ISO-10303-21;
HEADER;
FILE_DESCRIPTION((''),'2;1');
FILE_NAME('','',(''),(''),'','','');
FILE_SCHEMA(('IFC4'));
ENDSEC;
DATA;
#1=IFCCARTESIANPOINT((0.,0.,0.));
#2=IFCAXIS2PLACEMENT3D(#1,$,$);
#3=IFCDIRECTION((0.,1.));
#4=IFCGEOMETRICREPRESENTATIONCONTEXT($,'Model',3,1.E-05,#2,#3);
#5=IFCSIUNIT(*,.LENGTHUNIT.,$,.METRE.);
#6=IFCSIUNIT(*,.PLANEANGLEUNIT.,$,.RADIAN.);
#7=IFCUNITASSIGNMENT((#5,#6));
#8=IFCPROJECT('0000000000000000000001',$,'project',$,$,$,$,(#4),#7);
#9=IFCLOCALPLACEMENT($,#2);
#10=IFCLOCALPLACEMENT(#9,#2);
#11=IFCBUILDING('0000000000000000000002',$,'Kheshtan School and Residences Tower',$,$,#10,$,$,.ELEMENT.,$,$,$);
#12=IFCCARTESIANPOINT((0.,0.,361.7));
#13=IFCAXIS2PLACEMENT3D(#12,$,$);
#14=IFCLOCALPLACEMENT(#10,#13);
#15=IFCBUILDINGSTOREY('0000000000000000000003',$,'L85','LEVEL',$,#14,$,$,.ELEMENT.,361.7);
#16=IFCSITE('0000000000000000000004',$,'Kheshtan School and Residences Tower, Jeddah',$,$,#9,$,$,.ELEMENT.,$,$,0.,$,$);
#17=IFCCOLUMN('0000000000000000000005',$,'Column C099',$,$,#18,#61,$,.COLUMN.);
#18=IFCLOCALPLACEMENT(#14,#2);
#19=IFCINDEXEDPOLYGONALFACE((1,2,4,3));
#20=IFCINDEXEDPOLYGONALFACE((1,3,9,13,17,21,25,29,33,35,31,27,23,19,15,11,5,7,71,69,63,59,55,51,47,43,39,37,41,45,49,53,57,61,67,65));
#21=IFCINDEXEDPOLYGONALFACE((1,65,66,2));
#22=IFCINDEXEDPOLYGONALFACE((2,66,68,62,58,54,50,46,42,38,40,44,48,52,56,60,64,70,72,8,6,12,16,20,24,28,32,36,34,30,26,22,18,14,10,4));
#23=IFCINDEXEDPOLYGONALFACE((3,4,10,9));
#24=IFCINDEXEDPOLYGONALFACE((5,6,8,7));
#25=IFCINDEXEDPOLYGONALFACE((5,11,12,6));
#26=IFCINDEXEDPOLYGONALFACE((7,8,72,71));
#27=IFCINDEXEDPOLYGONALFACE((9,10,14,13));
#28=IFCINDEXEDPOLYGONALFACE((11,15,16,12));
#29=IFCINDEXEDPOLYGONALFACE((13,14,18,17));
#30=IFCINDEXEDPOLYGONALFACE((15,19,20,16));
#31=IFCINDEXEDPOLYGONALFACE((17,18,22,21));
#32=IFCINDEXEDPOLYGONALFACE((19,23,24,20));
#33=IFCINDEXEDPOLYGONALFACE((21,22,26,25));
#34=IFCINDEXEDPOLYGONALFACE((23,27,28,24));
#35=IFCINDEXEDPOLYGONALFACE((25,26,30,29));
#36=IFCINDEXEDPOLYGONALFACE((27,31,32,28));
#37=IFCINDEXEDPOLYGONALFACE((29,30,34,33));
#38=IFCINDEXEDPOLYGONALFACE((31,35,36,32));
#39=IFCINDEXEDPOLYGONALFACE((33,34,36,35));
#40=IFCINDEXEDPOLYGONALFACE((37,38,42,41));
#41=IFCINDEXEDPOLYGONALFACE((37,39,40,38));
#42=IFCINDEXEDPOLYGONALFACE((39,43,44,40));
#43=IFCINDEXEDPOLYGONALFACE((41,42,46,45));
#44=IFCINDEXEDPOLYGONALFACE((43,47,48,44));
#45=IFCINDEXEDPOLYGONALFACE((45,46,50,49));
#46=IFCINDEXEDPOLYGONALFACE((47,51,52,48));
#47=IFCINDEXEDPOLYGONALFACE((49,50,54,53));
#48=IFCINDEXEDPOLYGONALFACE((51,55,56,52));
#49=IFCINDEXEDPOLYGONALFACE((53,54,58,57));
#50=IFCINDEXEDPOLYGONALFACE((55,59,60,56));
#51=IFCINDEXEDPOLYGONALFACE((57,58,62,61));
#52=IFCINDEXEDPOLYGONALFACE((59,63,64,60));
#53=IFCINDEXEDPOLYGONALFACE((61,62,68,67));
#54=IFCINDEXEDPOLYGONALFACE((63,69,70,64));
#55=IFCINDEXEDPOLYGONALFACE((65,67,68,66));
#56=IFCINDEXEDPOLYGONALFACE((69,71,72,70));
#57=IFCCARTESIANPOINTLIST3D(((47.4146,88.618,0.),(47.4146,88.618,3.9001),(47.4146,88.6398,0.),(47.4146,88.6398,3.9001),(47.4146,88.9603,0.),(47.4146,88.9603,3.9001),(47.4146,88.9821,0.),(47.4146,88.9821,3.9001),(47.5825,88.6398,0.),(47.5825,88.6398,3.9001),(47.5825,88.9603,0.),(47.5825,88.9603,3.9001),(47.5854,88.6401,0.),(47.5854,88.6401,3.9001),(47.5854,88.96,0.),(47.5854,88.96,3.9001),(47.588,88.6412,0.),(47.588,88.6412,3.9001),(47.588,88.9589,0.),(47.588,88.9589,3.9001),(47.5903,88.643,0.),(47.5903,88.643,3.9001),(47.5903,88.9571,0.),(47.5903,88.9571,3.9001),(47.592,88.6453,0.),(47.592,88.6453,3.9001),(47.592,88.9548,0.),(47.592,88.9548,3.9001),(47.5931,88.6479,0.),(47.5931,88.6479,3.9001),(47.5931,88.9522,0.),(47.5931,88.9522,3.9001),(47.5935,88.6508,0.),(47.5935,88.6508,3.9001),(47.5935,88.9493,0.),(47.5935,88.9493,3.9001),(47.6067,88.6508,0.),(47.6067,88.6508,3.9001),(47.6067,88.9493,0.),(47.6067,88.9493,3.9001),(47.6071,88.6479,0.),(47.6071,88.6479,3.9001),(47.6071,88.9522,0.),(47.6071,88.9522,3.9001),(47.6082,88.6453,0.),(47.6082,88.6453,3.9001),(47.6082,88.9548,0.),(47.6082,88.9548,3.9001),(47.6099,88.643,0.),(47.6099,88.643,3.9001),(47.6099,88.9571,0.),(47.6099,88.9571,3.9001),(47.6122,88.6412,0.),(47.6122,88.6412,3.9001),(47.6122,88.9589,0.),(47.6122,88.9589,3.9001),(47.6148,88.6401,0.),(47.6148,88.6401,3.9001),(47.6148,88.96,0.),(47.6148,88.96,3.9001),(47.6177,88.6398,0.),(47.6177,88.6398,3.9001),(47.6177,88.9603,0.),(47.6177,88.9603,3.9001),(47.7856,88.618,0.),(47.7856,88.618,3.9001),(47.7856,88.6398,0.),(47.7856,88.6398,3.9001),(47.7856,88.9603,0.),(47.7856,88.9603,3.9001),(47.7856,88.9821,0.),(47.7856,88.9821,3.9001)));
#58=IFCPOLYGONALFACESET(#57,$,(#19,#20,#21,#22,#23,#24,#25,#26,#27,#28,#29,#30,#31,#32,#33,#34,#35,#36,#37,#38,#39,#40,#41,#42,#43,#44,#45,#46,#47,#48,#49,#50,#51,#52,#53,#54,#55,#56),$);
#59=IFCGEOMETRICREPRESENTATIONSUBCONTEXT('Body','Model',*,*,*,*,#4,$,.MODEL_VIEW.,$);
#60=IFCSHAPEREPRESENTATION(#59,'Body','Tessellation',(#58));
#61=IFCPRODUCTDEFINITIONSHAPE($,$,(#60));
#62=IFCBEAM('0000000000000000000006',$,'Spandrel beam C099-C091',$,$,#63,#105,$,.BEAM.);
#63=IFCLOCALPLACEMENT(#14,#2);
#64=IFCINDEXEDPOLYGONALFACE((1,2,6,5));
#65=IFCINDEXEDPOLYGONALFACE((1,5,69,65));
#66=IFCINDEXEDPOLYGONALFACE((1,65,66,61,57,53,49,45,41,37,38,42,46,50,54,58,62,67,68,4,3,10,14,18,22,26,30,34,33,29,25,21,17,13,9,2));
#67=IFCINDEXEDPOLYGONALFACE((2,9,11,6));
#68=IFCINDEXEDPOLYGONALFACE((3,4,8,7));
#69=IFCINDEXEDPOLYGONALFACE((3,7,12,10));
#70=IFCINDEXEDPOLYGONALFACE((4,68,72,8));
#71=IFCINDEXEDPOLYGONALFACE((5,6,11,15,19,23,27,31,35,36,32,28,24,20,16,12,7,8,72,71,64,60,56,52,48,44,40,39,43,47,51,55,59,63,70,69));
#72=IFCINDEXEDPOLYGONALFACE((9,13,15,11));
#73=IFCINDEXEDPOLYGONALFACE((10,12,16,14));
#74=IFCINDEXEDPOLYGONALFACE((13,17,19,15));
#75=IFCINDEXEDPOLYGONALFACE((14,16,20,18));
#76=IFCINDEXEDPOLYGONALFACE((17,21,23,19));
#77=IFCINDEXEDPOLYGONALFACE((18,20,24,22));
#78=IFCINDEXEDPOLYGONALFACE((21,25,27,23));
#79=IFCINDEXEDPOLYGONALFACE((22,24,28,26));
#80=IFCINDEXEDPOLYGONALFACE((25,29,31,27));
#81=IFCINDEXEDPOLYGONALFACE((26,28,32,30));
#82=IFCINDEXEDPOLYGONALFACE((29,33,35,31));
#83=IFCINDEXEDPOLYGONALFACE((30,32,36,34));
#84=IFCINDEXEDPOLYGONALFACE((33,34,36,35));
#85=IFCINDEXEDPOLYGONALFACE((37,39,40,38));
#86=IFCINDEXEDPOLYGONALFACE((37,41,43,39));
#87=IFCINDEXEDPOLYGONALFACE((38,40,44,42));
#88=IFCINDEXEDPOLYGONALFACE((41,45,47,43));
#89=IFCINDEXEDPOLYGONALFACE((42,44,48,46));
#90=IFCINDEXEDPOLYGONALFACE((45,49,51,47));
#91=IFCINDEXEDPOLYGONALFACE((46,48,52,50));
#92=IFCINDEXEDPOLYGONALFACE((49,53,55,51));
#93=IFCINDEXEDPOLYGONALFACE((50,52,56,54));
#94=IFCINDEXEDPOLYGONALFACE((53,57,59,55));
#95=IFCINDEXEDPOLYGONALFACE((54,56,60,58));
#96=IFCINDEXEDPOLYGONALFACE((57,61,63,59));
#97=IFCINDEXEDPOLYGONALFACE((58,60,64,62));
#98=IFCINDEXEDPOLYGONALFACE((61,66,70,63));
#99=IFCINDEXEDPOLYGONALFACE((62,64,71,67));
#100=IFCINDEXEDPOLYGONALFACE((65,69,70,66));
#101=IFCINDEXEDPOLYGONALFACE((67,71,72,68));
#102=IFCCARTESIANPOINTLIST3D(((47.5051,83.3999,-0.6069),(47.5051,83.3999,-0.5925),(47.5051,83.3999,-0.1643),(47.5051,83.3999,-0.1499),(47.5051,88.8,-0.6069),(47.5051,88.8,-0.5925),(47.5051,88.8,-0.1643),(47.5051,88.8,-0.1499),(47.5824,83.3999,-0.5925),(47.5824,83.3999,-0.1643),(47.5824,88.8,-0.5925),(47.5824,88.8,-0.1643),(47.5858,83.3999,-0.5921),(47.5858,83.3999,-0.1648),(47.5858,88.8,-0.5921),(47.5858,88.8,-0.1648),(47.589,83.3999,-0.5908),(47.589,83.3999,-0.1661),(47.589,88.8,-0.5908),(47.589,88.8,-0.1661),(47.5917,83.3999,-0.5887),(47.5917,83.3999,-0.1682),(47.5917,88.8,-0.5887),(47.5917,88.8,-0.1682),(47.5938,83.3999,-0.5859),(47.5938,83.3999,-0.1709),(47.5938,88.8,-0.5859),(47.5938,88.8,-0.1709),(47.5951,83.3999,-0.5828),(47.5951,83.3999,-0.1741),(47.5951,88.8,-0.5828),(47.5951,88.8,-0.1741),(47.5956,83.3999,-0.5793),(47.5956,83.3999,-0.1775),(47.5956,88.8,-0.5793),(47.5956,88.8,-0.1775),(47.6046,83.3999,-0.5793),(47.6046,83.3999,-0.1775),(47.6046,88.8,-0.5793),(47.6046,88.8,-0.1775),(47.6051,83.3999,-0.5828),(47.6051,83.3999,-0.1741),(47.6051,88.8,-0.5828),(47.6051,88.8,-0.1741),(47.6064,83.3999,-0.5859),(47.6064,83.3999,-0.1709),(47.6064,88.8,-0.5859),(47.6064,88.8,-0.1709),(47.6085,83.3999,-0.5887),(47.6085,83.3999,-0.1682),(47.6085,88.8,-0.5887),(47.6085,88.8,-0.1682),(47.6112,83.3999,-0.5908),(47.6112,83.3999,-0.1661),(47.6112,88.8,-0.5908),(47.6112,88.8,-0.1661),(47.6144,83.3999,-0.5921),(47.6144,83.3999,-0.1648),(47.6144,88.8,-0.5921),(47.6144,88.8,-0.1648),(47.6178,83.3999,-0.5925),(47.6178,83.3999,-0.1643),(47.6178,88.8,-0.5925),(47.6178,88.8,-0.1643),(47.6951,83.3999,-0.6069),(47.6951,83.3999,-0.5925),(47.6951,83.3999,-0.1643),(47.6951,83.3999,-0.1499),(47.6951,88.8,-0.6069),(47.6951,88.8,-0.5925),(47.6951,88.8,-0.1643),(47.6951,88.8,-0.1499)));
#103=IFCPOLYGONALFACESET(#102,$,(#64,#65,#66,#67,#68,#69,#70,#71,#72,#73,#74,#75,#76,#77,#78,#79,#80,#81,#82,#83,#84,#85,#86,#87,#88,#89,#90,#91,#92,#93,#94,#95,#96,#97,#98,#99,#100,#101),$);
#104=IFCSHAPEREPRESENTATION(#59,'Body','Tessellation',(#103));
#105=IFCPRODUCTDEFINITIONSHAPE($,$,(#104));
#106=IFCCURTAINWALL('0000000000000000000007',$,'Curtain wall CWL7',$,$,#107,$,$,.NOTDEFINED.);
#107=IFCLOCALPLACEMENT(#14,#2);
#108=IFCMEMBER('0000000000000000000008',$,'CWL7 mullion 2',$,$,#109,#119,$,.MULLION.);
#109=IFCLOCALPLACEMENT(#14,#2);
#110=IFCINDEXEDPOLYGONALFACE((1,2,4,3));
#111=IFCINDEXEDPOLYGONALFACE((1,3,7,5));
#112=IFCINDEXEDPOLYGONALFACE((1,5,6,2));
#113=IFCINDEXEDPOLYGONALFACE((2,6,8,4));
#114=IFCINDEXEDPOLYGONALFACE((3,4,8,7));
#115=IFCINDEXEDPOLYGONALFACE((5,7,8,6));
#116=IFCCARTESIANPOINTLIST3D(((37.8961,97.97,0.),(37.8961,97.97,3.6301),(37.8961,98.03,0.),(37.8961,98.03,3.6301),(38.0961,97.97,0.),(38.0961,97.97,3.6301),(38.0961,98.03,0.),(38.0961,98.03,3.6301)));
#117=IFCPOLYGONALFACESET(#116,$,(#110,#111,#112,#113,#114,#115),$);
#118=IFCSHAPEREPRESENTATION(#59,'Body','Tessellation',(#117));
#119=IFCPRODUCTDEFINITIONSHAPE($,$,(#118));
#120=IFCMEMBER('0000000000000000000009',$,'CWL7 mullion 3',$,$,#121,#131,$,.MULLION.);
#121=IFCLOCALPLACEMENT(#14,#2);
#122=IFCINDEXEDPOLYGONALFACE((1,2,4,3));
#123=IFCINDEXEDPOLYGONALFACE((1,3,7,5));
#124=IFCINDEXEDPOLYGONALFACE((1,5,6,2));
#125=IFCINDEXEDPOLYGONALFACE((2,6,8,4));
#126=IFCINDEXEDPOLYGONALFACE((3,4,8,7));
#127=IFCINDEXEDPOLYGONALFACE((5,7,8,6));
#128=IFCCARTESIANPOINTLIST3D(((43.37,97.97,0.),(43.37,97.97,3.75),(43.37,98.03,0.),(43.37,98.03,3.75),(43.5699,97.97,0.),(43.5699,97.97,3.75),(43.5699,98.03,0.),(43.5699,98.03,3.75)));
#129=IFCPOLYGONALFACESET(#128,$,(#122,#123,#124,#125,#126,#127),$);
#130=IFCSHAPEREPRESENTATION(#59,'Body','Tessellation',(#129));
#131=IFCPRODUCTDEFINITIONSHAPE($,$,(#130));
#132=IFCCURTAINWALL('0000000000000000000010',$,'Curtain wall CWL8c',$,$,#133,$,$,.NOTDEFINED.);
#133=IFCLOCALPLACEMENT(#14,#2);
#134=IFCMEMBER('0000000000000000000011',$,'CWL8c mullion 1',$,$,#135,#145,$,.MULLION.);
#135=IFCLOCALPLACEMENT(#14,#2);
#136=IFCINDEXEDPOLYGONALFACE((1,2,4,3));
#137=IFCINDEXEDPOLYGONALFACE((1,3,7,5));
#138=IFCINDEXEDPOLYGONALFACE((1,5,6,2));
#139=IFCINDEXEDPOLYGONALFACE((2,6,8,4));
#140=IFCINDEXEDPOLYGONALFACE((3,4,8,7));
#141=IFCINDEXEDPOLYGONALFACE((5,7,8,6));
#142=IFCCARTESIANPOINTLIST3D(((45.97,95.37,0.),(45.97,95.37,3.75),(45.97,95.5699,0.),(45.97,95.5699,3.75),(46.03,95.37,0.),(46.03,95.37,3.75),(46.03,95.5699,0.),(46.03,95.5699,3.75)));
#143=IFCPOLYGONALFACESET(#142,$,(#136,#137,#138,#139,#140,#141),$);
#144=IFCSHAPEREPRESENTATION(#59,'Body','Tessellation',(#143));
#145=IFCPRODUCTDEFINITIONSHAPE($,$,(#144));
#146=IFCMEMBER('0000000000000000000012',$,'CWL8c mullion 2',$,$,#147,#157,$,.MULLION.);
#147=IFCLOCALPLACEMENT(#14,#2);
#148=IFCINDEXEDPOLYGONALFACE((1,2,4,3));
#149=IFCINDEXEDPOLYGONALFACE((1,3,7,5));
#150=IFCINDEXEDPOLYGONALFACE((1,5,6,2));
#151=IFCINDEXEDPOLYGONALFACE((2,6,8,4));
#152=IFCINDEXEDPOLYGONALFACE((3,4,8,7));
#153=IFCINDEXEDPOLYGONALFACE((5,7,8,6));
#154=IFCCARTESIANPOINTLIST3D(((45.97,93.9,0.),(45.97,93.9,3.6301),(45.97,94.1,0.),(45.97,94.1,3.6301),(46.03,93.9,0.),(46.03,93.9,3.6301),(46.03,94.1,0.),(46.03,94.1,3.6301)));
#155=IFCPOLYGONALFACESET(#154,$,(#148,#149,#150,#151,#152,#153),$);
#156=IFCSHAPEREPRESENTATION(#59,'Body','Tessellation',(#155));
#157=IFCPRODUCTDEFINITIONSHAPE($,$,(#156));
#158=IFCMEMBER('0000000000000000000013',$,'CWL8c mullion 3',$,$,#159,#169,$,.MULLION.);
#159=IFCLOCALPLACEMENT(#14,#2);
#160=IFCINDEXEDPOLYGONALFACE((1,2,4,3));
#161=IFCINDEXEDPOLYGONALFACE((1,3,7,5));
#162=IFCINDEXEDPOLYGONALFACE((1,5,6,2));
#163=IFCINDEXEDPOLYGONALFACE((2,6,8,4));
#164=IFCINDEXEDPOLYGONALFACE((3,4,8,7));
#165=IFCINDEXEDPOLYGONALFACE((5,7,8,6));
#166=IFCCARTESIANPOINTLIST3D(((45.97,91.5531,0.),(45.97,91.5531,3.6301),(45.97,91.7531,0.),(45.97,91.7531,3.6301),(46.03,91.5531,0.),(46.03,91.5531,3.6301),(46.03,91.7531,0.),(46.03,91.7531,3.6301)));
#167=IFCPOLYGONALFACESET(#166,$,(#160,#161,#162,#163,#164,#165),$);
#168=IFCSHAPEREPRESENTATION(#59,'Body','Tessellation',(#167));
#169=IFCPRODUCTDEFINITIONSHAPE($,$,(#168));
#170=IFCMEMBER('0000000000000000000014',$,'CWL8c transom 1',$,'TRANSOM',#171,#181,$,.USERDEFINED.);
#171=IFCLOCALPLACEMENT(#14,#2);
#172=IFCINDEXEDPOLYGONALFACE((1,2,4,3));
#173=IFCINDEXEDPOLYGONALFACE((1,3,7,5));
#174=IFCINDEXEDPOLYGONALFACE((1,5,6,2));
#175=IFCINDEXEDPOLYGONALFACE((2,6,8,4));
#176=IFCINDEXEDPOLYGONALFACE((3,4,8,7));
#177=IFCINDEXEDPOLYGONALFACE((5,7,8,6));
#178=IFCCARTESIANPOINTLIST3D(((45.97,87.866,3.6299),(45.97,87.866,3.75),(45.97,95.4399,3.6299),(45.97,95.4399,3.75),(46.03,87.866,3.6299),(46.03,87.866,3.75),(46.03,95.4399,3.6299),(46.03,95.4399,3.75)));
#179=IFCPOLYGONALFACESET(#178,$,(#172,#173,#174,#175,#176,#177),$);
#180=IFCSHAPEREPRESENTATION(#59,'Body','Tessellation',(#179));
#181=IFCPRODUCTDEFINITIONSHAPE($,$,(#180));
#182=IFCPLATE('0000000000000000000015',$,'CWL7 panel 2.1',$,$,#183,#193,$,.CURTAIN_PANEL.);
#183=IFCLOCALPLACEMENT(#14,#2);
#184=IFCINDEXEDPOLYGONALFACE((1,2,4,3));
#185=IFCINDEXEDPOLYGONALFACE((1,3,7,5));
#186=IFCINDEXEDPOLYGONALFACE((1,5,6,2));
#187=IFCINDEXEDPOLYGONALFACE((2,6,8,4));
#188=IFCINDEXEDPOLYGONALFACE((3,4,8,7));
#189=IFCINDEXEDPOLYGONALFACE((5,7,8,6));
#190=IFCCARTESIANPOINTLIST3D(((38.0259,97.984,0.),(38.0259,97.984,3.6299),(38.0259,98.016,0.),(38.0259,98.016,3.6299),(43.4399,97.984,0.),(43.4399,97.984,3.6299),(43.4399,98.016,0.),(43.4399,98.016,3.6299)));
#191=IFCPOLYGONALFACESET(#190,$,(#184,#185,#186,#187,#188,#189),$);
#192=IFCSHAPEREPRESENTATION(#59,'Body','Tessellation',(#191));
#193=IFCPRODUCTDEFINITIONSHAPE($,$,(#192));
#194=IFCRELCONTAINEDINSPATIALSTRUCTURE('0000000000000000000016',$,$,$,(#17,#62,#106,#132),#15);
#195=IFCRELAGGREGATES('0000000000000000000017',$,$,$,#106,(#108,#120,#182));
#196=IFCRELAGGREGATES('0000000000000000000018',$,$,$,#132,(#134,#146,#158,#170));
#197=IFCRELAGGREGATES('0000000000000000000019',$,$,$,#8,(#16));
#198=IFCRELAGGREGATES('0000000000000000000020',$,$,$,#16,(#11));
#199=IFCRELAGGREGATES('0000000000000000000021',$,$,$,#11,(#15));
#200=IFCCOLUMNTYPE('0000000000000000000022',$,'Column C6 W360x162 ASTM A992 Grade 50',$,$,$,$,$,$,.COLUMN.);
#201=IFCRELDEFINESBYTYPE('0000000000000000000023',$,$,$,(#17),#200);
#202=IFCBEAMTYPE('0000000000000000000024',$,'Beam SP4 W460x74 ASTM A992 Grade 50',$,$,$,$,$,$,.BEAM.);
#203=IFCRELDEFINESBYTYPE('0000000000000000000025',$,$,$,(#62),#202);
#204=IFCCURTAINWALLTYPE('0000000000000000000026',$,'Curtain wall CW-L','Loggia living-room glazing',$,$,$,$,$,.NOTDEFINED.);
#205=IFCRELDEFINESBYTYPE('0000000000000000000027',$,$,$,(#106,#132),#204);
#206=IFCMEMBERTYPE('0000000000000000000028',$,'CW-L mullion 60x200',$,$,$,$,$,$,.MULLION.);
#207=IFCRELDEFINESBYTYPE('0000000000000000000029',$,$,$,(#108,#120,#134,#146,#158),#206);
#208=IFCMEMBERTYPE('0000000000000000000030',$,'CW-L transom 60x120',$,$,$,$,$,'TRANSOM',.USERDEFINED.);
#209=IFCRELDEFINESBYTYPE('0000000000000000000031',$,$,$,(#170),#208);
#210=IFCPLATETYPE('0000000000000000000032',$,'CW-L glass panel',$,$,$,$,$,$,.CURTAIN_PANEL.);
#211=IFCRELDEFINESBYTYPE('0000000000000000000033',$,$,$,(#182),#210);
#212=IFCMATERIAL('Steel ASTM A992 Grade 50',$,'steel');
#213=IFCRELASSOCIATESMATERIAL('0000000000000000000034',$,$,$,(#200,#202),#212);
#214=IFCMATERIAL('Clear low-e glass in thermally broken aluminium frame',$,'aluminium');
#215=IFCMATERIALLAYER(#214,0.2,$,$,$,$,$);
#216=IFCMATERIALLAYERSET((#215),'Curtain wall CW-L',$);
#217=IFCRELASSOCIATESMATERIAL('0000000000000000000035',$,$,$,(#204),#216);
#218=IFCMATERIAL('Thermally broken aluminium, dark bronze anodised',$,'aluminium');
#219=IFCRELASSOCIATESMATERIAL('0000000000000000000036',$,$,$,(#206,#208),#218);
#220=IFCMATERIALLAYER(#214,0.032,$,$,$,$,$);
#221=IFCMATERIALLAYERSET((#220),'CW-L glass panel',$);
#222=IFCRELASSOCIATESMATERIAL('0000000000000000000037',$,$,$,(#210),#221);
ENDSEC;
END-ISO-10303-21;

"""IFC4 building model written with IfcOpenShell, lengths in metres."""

from ifc_helpers import new_model, si_unit, direction, frame, origin, origin_2d, place, context, subcontext, project, spatial, rectangle, i_section, extrude, material, layer, layer_set, material_profile, profile_set, type_object, element, aggregate, save


model = new_model("IFC4")

# Units and contexts
model_context = context("Model", 3, precision=1e-05, world=origin(), true_north=direction((0.0, 1.0)))
body_context = subcontext(model_context, "Body", "Model", "MODEL_VIEW")
ifc_project = project(units=[si_unit("LENGTHUNIT", "METRE"), si_unit("PLANEANGLEUNIT", "RADIAN")], contexts=[model_context])

# Site, building, storey
site_placement = place(None, origin())
site = spatial("IfcSite", under=ifc_project, at=site_placement, Name="Kheshtan School and Residences Tower, Jeddah", CompositionType="ELEMENT", RefElevation=0.0)
building_placement = place(site_placement, origin())
building = spatial("IfcBuilding", under=site, at=building_placement, Name="Kheshtan School and Residences Tower", CompositionType="ELEMENT")
storey_placement = place(building_placement, frame((0.0, 0.0, 361.7)))
storey = spatial("IfcBuildingStorey", under=building, at=storey_placement, Name="L85", Description="LEVEL", CompositionType="ELEMENT", Elevation=361.7)

# Column
ifc_material_1 = material(Name="Steel ASTM A992 Grade 50", Category="steel")
ifc_material_profile_1 = material_profile(ifc_material_1, i_section(OverallWidth=0.3711, OverallDepth=0.364, WebThickness=0.0132, FlangeThickness=0.0217, FilletRadius=0.011, at=origin_2d()), Name="W360x162")
ifc_profile_set_1 = profile_set([ifc_material_profile_1], Name="Steel ASTM A992 Grade 50")
column_type = type_object("IfcColumnType", Name="Column C6 W360x162 ASTM A992 Grade 50", PredefinedType="COLUMN", material=ifc_profile_set_1)
column_placement = place(storey_placement, frame((47.6001, 88.8, 0.0), z_axis=(0.0, 0.0, 1.0), x_axis=(1.0, 0.0, 0.0)))
element("IfcColumn", 1, at=column_placement, inside=storey, type_object=column_type, Name="Column C099", PredefinedType="COLUMN", context=body_context, shape_type="SweptSolid", body=[
    extrude(i_section(OverallWidth=0.3711, OverallDepth=0.364, WebThickness=0.0132, FlangeThickness=0.0217, FilletRadius=0.011, at=origin_2d()), origin(), (0.0, 0.0, 1.0), 3.9001),
])

# Beam
ifc_material_profile_2 = material_profile(ifc_material_1, i_section(OverallWidth=0.1899, OverallDepth=0.457, WebThickness=0.009, FlangeThickness=0.0144, FilletRadius=0.0132, at=origin_2d()), Name="W460x74")
ifc_profile_set_2 = profile_set([ifc_material_profile_2], Name="Steel ASTM A992 Grade 50")
beam_type = type_object("IfcBeamType", Name="Beam SP4 W460x74 ASTM A992 Grade 50", PredefinedType="BEAM", material=ifc_profile_set_2)
beam_placement = place(storey_placement, frame((47.6001, 88.8, -0.3784), z_axis=(0.0, -1.0, 0.0), x_axis=(1.0, 0.0, 0.0)))
element("IfcBeam", 2, at=beam_placement, inside=storey, type_object=beam_type, Name="Spandrel beam C099-C091", PredefinedType="BEAM", context=body_context, shape_type="SweptSolid", body=[
    extrude(i_section(OverallWidth=0.1899, OverallDepth=0.457, WebThickness=0.009, FlangeThickness=0.0144, FilletRadius=0.0132, at=origin_2d()), origin(), (0.0, 0.0, 1.0), 5.4001),
])

# Curtain walls, members
ifc_material_2 = material(Name="Clear low-e glass in thermally broken aluminium frame", Category="aluminium")
ifc_layer_1 = layer(ifc_material_2, 0.2)
ifc_layer_set_1 = layer_set([ifc_layer_1], Name="Curtain wall CW-L")
curtain_wall_type = type_object("IfcCurtainWallType", Name="Curtain wall CW-L", Description="Loggia living-room glazing", PredefinedType="NOTDEFINED", material=ifc_layer_set_1)
curtain_wall_1_placement = place(storey_placement, origin())
curtain_wall_1 = element("IfcCurtainWall", 3, at=curtain_wall_1_placement, inside=storey, type_object=curtain_wall_type, Name="Curtain wall CWL7", PredefinedType="NOTDEFINED")
ifc_material_3 = material(Name="Thermally broken aluminium, dark bronze anodised", Category="aluminium")
ifc_material_profile_3 = material_profile(ifc_material_3, rectangle(XDim=0.0601, YDim=0.2, at=origin_2d()), Name="CW-L mullion 60x200")
ifc_profile_set_3 = profile_set([ifc_material_profile_3], Name="Thermally broken aluminium, dark bronze anodised")
member_type_1 = type_object("IfcMemberType", Name="CW-L mullion 60x200", PredefinedType="MULLION", material=ifc_profile_set_3)
member_1_placement = place(storey_placement, frame((37.9961, 98.0, 0.0), z_axis=(0.0, 0.0, 1.0), x_axis=(0.0, 1.0, 0.0)))
member_1 = element("IfcMember", 4, at=member_1_placement, type_object=member_type_1, Name="CWL7 mullion 2", PredefinedType="MULLION", context=body_context, shape_type="SweptSolid", body=[
    extrude(rectangle(XDim=0.0601, YDim=0.2, at=origin_2d()), origin(), (0.0, 0.0, 1.0), 3.6301),
])
member_2_placement = place(storey_placement, frame((43.47, 98.0, 0.0), z_axis=(0.0, 0.0, 1.0), x_axis=(0.0, 1.0, 0.0)))
member_2 = element("IfcMember", 5, at=member_2_placement, type_object=member_type_1, Name="CWL7 mullion 3", PredefinedType="MULLION", context=body_context, shape_type="SweptSolid", body=[
    extrude(rectangle(XDim=0.0601, YDim=0.2, at=origin_2d()), origin(), (0.0, 0.0, 1.0), 3.75),
])
curtain_wall_2_placement = place(storey_placement, origin())
curtain_wall_2 = element("IfcCurtainWall", 6, at=curtain_wall_2_placement, inside=storey, type_object=curtain_wall_type, Name="Curtain wall CWL8c", PredefinedType="NOTDEFINED")
member_3_placement = place(storey_placement, frame((46.0, 95.47, 0.0), z_axis=(0.0, 0.0, 1.0), x_axis=(1.0, 0.0, 0.0)))
member_3 = element("IfcMember", 7, at=member_3_placement, type_object=member_type_1, Name="CWL8c mullion 1", PredefinedType="MULLION", context=body_context, shape_type="SweptSolid", body=[
    extrude(rectangle(XDim=0.0601, YDim=0.2, at=origin_2d()), origin(), (0.0, 0.0, 1.0), 3.75),
])
member_4_placement = place(storey_placement, frame((46.0, 94.0, 0.0), z_axis=(0.0, 0.0, 1.0), x_axis=(1.0, 0.0, 0.0)))
member_4 = element("IfcMember", 8, at=member_4_placement, type_object=member_type_1, Name="CWL8c mullion 2", PredefinedType="MULLION", context=body_context, shape_type="SweptSolid", body=[
    extrude(rectangle(XDim=0.0601, YDim=0.2, at=origin_2d()), origin(), (0.0, 0.0, 1.0), 3.6301),
])
member_5_placement = place(storey_placement, frame((46.0, 91.6531, 0.0), z_axis=(0.0, 0.0, 1.0), x_axis=(1.0, 0.0, 0.0)))
member_5 = element("IfcMember", 9, at=member_5_placement, type_object=member_type_1, Name="CWL8c mullion 3", PredefinedType="MULLION", context=body_context, shape_type="SweptSolid", body=[
    extrude(rectangle(XDim=0.0601, YDim=0.2, at=origin_2d()), origin(), (0.0, 0.0, 1.0), 3.6301),
])
ifc_material_profile_4 = material_profile(ifc_material_3, rectangle(XDim=0.0601, YDim=0.1201, at=origin_2d()), Name="CW-L transom 60x120")
ifc_profile_set_4 = profile_set([ifc_material_profile_4], Name="Thermally broken aluminium, dark bronze anodised")
member_type_2 = type_object("IfcMemberType", Name="CW-L transom 60x120", ElementType="TRANSOM", PredefinedType="USERDEFINED", material=ifc_profile_set_4)
member_6_placement = place(storey_placement, frame((46.0, 95.4399, 3.6899), z_axis=(0.0, -1.0, 0.0), x_axis=(1.0, 0.0, 0.0)))
member_6 = element("IfcMember", 10, at=member_6_placement, type_object=member_type_2, Name="CWL8c transom 1", ObjectType="TRANSOM", PredefinedType="USERDEFINED", context=body_context, shape_type="SweptSolid", body=[
    extrude(rectangle(XDim=0.0601, YDim=0.1201, at=origin_2d()), origin(), (0.0, 0.0, 1.0), 7.574),
])

# Plate
ifc_layer_2 = layer(ifc_material_2, 0.032)
ifc_layer_set_2 = layer_set([ifc_layer_2], Name="CW-L glass panel")
plate_type = type_object("IfcPlateType", Name="CW-L glass panel", PredefinedType="CURTAIN_PANEL", material=ifc_layer_set_2)
plate_1_placement = place(storey_placement, frame((40.7329, 98.0, 0.0), z_axis=(0.0, 0.0, 1.0), x_axis=(1.0, 0.0, 0.0)))
plate_1 = element("IfcPlate", 11, at=plate_1_placement, type_object=plate_type, Name="CWL7 panel 2.1", PredefinedType="CURTAIN_PANEL", context=body_context, shape_type="SweptSolid", body=[
    extrude(rectangle(XDim=5.4141, YDim=0.032, at=origin_2d()), origin(), (0.0, 0.0, 1.0), 3.6299),
])
aggregate(curtain_wall_1, [member_1, member_2, plate_1])
aggregate(curtain_wall_2, [member_3, member_4, member_5, member_6])

save(model, "model.ifc")
